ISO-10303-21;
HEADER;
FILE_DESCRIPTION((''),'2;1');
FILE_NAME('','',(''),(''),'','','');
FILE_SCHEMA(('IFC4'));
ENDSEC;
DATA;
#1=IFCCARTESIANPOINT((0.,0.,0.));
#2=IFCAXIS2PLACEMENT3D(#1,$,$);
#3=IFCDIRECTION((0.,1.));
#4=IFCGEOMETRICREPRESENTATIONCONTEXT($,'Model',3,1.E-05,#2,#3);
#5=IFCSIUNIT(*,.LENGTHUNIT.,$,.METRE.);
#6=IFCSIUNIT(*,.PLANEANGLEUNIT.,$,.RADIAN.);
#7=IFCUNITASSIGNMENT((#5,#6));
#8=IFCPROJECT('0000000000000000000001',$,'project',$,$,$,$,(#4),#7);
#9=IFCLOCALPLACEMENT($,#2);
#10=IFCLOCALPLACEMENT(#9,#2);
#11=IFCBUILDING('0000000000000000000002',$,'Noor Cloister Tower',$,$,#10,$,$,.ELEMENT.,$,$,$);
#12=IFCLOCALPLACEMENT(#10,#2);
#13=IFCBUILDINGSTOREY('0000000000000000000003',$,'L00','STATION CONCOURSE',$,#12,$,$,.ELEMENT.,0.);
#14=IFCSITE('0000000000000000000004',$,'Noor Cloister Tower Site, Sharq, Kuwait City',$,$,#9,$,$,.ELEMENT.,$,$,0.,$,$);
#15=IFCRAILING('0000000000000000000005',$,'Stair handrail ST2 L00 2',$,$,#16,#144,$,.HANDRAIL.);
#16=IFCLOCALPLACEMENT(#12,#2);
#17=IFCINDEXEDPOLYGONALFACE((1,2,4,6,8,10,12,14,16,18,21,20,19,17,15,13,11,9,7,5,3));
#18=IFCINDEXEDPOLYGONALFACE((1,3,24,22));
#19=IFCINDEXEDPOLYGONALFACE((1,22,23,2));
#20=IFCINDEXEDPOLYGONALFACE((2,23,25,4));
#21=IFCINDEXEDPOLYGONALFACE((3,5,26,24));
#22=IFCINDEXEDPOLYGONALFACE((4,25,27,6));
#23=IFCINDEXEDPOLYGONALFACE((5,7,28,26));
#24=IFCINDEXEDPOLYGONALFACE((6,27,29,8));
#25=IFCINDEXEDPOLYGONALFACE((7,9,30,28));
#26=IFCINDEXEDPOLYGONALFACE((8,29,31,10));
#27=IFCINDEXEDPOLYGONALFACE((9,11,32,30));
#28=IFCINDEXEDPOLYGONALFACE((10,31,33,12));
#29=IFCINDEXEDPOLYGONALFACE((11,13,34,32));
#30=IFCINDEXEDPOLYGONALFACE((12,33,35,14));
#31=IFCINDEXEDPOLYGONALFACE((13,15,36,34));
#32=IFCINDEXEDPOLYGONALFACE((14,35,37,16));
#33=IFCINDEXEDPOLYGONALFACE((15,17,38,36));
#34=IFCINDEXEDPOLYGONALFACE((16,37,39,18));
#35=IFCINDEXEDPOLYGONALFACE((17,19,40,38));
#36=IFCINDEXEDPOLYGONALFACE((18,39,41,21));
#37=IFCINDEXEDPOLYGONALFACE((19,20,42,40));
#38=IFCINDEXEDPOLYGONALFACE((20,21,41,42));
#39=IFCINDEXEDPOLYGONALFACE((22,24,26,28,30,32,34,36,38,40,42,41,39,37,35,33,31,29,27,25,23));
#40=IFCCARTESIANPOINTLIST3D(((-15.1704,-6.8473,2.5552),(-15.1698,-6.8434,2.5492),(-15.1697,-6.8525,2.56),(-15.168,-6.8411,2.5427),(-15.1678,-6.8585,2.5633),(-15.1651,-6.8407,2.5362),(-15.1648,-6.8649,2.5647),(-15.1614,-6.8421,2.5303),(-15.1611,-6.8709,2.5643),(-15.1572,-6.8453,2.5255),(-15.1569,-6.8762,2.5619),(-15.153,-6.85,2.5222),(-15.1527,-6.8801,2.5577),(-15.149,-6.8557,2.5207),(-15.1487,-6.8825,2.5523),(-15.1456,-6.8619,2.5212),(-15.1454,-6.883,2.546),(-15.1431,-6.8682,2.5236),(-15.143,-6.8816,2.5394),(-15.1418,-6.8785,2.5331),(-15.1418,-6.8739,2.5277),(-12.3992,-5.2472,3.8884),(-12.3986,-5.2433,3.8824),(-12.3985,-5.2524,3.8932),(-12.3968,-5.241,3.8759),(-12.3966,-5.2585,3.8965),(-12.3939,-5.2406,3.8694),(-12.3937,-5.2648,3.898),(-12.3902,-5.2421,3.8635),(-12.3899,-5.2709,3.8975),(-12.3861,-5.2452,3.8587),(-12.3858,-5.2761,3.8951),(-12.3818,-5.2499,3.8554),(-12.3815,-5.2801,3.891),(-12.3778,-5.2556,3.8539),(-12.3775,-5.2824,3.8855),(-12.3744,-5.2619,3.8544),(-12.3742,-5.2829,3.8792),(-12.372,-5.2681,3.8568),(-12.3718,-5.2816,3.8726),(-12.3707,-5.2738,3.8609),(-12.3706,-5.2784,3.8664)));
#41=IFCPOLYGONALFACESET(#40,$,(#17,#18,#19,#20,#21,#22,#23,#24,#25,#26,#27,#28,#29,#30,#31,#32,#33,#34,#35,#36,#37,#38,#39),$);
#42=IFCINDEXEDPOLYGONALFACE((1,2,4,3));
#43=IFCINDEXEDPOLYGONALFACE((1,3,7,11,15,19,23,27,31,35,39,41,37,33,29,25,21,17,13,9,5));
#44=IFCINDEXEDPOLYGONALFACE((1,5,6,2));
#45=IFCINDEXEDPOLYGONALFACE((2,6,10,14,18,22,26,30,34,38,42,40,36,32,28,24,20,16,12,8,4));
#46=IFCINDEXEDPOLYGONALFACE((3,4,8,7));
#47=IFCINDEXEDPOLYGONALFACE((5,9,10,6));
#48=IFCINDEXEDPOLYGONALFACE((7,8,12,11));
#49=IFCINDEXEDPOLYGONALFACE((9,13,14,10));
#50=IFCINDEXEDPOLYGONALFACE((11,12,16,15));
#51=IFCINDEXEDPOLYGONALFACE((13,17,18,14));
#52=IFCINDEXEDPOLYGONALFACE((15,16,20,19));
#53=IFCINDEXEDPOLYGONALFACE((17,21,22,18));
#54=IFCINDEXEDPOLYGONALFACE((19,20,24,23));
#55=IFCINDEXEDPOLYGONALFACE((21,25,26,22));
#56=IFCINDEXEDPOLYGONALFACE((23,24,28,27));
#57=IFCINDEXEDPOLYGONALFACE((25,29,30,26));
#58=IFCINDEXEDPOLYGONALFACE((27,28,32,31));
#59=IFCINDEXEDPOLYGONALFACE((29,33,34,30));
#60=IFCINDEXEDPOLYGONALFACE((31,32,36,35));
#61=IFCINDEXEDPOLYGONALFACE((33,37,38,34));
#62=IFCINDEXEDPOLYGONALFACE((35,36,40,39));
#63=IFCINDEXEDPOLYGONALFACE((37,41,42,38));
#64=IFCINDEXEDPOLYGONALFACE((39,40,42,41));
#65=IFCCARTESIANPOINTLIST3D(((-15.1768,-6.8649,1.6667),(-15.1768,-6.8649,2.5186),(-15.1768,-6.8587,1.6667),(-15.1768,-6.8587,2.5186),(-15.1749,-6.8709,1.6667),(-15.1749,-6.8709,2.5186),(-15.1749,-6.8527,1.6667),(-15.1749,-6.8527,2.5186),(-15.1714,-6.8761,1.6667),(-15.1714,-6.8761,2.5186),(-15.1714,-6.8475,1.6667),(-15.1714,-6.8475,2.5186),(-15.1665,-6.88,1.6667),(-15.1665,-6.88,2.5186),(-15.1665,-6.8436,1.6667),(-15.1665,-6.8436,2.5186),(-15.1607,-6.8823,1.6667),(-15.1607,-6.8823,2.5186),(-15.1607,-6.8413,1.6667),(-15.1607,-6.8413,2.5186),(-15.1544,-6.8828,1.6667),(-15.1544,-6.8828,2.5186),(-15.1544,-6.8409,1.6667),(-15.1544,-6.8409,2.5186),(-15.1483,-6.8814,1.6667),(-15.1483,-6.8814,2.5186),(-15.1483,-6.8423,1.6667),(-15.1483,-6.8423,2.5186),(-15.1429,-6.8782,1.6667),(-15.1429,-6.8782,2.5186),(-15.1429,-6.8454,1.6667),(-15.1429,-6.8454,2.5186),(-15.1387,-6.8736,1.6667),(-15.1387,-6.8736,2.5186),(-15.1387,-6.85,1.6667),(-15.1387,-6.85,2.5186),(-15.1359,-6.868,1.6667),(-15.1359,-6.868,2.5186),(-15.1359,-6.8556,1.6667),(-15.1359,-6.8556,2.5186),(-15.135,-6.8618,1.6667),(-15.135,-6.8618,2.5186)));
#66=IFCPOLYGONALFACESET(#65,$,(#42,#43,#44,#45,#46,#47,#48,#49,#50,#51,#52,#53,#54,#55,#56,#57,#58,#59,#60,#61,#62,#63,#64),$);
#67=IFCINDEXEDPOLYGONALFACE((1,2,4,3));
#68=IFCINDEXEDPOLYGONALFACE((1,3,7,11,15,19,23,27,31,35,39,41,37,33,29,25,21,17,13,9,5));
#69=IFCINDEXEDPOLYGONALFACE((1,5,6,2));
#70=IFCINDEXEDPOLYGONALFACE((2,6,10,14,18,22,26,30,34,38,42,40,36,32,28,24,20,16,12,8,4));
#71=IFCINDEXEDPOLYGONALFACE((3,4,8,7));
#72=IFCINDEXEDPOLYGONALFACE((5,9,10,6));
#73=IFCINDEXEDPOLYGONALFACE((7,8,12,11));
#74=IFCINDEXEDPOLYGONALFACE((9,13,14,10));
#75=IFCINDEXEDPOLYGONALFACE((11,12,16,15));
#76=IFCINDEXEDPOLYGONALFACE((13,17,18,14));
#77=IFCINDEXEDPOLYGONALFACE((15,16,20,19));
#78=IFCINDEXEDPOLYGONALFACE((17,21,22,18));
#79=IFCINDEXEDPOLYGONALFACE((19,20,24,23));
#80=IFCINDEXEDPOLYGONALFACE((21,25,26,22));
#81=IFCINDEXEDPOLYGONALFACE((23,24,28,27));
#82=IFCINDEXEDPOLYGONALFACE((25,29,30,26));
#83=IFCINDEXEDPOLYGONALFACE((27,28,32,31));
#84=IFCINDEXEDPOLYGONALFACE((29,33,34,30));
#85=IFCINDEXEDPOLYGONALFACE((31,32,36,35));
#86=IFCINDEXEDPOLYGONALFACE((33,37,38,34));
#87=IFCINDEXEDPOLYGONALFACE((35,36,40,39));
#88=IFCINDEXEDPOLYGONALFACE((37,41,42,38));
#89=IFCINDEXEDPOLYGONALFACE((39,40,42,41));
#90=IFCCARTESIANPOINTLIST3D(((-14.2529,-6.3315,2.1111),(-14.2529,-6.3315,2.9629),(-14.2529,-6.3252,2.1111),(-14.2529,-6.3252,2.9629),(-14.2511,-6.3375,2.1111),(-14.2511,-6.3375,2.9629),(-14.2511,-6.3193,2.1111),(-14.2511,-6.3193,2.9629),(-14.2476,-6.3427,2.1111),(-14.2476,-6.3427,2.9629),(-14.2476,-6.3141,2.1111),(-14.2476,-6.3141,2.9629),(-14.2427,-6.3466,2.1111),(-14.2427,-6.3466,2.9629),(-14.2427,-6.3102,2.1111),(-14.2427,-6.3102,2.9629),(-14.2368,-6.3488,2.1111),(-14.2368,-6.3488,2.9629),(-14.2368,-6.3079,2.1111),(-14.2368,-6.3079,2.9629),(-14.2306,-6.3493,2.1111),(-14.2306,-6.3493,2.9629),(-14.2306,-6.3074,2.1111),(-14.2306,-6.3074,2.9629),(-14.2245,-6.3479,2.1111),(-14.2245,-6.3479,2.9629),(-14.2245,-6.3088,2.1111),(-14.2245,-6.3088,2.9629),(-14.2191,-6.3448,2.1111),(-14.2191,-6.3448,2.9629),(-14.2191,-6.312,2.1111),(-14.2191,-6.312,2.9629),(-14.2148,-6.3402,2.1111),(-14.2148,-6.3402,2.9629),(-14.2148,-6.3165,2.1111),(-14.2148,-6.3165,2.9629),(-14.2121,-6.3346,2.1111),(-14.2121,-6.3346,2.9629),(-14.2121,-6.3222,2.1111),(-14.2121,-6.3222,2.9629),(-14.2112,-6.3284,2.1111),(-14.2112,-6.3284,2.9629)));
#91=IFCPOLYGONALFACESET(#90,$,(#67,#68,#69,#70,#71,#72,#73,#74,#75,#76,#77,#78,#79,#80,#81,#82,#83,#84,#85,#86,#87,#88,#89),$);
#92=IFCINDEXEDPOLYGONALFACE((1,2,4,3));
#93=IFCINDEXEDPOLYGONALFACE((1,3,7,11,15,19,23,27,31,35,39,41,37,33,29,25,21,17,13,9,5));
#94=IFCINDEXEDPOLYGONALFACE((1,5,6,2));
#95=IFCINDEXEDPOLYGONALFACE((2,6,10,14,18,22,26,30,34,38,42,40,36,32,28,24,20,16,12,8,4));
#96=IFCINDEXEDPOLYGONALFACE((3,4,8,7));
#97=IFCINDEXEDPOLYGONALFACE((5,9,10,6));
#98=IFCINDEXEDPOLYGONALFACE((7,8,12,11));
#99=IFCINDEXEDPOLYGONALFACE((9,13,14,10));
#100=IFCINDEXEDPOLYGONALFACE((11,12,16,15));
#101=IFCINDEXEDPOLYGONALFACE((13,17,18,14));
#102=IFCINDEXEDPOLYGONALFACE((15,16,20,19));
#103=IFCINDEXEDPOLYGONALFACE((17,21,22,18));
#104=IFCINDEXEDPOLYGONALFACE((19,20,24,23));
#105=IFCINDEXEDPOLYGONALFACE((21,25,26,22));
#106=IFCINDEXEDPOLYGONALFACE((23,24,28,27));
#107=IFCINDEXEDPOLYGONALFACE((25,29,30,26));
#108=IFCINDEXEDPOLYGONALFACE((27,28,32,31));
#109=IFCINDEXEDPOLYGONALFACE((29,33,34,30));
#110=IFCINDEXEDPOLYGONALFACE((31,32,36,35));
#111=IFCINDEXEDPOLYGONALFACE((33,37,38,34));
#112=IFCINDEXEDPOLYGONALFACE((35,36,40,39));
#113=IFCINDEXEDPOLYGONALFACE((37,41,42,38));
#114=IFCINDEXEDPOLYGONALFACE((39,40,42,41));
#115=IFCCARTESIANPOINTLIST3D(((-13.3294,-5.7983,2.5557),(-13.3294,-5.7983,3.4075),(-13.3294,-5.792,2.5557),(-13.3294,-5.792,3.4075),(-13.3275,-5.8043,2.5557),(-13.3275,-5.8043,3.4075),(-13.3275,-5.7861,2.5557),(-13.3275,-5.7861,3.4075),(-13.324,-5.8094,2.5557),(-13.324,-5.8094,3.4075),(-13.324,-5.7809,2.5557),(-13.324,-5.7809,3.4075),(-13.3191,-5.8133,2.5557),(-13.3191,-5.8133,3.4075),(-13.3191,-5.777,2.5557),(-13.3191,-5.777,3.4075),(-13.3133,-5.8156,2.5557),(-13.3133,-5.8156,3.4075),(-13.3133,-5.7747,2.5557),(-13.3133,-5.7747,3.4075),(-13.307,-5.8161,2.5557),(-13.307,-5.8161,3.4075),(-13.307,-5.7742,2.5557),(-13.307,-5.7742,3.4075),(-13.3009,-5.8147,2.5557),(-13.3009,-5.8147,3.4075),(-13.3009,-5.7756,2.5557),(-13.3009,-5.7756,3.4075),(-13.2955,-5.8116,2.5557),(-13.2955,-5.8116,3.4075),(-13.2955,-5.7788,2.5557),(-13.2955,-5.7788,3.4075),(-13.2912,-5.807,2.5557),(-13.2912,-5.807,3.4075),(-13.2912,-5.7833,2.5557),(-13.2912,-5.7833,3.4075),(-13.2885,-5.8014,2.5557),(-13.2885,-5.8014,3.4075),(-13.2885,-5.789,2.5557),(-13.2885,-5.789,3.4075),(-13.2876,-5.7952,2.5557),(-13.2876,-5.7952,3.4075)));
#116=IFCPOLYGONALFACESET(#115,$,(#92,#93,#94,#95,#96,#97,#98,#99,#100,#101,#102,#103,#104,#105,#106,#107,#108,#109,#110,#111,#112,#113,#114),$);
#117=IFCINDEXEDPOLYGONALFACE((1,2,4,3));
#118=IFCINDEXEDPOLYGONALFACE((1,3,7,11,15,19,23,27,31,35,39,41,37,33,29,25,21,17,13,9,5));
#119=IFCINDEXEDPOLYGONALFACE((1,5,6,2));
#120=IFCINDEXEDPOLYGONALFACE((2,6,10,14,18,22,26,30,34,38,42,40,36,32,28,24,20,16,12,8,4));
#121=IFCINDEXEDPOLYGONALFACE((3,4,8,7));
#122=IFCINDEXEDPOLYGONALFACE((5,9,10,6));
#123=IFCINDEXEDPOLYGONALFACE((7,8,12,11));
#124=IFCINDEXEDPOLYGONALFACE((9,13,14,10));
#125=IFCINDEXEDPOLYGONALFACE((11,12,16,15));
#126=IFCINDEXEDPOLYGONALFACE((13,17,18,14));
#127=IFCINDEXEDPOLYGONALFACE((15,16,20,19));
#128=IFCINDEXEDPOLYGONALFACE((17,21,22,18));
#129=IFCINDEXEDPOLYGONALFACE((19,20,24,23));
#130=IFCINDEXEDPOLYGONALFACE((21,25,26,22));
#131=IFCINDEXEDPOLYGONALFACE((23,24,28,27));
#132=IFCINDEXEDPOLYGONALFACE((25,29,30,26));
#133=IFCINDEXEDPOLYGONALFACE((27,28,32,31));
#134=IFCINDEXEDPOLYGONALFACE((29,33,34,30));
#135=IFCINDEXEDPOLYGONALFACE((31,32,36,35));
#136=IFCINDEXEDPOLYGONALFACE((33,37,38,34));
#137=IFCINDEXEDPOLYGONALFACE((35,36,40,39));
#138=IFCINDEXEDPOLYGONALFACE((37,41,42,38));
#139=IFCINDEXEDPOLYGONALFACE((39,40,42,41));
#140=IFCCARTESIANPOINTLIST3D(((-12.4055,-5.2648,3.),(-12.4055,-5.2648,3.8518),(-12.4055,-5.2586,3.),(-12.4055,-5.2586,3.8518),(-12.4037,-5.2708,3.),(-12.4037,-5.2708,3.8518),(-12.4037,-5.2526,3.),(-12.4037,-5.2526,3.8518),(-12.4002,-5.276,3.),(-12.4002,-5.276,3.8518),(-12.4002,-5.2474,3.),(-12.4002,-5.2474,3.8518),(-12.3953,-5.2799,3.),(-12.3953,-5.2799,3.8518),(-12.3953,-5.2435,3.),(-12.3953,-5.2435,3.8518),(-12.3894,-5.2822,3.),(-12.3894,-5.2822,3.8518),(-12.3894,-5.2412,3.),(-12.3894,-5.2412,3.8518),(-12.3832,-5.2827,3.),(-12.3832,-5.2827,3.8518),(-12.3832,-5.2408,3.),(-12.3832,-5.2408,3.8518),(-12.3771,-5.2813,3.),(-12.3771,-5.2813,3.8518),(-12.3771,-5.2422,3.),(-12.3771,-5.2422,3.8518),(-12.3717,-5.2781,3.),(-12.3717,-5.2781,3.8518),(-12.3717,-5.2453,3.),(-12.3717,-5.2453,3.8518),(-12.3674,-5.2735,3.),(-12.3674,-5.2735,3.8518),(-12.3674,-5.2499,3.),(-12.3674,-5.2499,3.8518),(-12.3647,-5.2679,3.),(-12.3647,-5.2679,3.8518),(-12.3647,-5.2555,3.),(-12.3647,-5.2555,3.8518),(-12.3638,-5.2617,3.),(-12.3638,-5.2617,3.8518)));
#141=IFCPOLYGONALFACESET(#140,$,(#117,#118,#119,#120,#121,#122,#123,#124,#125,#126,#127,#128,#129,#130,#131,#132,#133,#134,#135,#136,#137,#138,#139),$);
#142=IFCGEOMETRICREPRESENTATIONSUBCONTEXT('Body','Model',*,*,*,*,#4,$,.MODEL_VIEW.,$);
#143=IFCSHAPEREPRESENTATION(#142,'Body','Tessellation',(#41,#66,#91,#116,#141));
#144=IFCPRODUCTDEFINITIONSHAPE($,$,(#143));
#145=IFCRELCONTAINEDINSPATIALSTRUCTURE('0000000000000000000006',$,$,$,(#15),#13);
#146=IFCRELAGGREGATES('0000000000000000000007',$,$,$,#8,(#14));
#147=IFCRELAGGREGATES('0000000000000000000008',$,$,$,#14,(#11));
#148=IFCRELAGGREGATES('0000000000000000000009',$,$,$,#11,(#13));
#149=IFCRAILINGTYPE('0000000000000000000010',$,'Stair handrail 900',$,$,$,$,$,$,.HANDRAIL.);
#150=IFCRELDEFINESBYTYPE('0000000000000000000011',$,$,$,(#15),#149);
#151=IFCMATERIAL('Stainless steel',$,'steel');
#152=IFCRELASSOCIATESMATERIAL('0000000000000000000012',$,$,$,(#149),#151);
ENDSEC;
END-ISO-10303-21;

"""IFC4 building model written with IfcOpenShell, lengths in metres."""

from ifc_helpers import new_model, si_unit, direction, frame, origin, origin_2d, place, context, subcontext, project, spatial, circle, extrude, material, type_object, element, save


model = new_model("IFC4")

# Units and contexts
model_context = context("Model", 3, precision=1e-05, world=origin(), true_north=direction((0.0, 1.0)))
body_context = subcontext(model_context, "Body", "Model", "MODEL_VIEW")
ifc_project = project(units=[si_unit("LENGTHUNIT", "METRE"), si_unit("PLANEANGLEUNIT", "RADIAN")], contexts=[model_context])

# Site, building, storey
site_placement = place(None, origin())
site = spatial("IfcSite", under=ifc_project, at=site_placement, Name="Noor Cloister Tower Site, Sharq, Kuwait City", CompositionType="ELEMENT", RefElevation=0.0)
building_placement = place(site_placement, origin())
building = spatial("IfcBuilding", under=site, at=building_placement, Name="Noor Cloister Tower", CompositionType="ELEMENT")
storey_placement = place(building_placement, origin())
storey = spatial("IfcBuildingStorey", under=building, at=storey_placement, Name="L00", Description="STATION CONCOURSE", CompositionType="ELEMENT", Elevation=0.0)

# Railing
ifc_material_1 = material(Name="Stainless steel", Category="steel")
railing_type = type_object("IfcRailingType", Name="Stair handrail 900", PredefinedType="HANDRAIL", material=ifc_material_1)
railing_1_placement = place(storey_placement, frame((-15.156, -6.8618, 1.6667)))
element("IfcRailing", 1, at=railing_1_placement, inside=storey, type_object=railing_type, Name="Stair handrail ST2 L00 2", PredefinedType="HANDRAIL", context=body_context, shape_type="SweptSolid", body=[
    extrude(circle(Radius=0.0239, at=origin_2d()), frame((0.0, 0.0, 0.876), z_axis=(0.799401, 0.461569, 0.384594), x_axis=(-0.500028, 0.866009, 0.0)), (0.0, 0.0, 1.0), 3.4666),
    extrude(circle(Radius=0.021, at=origin_2d()), origin(), (0.0, 0.0, 1.0), 0.8518),
    extrude(circle(Radius=0.021, at=origin_2d()), frame((0.9238, 0.5334, 0.4443)), (0.0, 0.0, 1.0), 0.8518),
    extrude(circle(Radius=0.021, at=origin_2d()), frame((1.8474, 1.0667, 0.8889)), (0.0, 0.0, 1.0), 0.8518),
    extrude(circle(Radius=0.021, at=origin_2d()), frame((2.7712, 1.6001, 1.3333)), (0.0, 0.0, 1.0), 0.8518),
])

save(model, "model.ifc")
